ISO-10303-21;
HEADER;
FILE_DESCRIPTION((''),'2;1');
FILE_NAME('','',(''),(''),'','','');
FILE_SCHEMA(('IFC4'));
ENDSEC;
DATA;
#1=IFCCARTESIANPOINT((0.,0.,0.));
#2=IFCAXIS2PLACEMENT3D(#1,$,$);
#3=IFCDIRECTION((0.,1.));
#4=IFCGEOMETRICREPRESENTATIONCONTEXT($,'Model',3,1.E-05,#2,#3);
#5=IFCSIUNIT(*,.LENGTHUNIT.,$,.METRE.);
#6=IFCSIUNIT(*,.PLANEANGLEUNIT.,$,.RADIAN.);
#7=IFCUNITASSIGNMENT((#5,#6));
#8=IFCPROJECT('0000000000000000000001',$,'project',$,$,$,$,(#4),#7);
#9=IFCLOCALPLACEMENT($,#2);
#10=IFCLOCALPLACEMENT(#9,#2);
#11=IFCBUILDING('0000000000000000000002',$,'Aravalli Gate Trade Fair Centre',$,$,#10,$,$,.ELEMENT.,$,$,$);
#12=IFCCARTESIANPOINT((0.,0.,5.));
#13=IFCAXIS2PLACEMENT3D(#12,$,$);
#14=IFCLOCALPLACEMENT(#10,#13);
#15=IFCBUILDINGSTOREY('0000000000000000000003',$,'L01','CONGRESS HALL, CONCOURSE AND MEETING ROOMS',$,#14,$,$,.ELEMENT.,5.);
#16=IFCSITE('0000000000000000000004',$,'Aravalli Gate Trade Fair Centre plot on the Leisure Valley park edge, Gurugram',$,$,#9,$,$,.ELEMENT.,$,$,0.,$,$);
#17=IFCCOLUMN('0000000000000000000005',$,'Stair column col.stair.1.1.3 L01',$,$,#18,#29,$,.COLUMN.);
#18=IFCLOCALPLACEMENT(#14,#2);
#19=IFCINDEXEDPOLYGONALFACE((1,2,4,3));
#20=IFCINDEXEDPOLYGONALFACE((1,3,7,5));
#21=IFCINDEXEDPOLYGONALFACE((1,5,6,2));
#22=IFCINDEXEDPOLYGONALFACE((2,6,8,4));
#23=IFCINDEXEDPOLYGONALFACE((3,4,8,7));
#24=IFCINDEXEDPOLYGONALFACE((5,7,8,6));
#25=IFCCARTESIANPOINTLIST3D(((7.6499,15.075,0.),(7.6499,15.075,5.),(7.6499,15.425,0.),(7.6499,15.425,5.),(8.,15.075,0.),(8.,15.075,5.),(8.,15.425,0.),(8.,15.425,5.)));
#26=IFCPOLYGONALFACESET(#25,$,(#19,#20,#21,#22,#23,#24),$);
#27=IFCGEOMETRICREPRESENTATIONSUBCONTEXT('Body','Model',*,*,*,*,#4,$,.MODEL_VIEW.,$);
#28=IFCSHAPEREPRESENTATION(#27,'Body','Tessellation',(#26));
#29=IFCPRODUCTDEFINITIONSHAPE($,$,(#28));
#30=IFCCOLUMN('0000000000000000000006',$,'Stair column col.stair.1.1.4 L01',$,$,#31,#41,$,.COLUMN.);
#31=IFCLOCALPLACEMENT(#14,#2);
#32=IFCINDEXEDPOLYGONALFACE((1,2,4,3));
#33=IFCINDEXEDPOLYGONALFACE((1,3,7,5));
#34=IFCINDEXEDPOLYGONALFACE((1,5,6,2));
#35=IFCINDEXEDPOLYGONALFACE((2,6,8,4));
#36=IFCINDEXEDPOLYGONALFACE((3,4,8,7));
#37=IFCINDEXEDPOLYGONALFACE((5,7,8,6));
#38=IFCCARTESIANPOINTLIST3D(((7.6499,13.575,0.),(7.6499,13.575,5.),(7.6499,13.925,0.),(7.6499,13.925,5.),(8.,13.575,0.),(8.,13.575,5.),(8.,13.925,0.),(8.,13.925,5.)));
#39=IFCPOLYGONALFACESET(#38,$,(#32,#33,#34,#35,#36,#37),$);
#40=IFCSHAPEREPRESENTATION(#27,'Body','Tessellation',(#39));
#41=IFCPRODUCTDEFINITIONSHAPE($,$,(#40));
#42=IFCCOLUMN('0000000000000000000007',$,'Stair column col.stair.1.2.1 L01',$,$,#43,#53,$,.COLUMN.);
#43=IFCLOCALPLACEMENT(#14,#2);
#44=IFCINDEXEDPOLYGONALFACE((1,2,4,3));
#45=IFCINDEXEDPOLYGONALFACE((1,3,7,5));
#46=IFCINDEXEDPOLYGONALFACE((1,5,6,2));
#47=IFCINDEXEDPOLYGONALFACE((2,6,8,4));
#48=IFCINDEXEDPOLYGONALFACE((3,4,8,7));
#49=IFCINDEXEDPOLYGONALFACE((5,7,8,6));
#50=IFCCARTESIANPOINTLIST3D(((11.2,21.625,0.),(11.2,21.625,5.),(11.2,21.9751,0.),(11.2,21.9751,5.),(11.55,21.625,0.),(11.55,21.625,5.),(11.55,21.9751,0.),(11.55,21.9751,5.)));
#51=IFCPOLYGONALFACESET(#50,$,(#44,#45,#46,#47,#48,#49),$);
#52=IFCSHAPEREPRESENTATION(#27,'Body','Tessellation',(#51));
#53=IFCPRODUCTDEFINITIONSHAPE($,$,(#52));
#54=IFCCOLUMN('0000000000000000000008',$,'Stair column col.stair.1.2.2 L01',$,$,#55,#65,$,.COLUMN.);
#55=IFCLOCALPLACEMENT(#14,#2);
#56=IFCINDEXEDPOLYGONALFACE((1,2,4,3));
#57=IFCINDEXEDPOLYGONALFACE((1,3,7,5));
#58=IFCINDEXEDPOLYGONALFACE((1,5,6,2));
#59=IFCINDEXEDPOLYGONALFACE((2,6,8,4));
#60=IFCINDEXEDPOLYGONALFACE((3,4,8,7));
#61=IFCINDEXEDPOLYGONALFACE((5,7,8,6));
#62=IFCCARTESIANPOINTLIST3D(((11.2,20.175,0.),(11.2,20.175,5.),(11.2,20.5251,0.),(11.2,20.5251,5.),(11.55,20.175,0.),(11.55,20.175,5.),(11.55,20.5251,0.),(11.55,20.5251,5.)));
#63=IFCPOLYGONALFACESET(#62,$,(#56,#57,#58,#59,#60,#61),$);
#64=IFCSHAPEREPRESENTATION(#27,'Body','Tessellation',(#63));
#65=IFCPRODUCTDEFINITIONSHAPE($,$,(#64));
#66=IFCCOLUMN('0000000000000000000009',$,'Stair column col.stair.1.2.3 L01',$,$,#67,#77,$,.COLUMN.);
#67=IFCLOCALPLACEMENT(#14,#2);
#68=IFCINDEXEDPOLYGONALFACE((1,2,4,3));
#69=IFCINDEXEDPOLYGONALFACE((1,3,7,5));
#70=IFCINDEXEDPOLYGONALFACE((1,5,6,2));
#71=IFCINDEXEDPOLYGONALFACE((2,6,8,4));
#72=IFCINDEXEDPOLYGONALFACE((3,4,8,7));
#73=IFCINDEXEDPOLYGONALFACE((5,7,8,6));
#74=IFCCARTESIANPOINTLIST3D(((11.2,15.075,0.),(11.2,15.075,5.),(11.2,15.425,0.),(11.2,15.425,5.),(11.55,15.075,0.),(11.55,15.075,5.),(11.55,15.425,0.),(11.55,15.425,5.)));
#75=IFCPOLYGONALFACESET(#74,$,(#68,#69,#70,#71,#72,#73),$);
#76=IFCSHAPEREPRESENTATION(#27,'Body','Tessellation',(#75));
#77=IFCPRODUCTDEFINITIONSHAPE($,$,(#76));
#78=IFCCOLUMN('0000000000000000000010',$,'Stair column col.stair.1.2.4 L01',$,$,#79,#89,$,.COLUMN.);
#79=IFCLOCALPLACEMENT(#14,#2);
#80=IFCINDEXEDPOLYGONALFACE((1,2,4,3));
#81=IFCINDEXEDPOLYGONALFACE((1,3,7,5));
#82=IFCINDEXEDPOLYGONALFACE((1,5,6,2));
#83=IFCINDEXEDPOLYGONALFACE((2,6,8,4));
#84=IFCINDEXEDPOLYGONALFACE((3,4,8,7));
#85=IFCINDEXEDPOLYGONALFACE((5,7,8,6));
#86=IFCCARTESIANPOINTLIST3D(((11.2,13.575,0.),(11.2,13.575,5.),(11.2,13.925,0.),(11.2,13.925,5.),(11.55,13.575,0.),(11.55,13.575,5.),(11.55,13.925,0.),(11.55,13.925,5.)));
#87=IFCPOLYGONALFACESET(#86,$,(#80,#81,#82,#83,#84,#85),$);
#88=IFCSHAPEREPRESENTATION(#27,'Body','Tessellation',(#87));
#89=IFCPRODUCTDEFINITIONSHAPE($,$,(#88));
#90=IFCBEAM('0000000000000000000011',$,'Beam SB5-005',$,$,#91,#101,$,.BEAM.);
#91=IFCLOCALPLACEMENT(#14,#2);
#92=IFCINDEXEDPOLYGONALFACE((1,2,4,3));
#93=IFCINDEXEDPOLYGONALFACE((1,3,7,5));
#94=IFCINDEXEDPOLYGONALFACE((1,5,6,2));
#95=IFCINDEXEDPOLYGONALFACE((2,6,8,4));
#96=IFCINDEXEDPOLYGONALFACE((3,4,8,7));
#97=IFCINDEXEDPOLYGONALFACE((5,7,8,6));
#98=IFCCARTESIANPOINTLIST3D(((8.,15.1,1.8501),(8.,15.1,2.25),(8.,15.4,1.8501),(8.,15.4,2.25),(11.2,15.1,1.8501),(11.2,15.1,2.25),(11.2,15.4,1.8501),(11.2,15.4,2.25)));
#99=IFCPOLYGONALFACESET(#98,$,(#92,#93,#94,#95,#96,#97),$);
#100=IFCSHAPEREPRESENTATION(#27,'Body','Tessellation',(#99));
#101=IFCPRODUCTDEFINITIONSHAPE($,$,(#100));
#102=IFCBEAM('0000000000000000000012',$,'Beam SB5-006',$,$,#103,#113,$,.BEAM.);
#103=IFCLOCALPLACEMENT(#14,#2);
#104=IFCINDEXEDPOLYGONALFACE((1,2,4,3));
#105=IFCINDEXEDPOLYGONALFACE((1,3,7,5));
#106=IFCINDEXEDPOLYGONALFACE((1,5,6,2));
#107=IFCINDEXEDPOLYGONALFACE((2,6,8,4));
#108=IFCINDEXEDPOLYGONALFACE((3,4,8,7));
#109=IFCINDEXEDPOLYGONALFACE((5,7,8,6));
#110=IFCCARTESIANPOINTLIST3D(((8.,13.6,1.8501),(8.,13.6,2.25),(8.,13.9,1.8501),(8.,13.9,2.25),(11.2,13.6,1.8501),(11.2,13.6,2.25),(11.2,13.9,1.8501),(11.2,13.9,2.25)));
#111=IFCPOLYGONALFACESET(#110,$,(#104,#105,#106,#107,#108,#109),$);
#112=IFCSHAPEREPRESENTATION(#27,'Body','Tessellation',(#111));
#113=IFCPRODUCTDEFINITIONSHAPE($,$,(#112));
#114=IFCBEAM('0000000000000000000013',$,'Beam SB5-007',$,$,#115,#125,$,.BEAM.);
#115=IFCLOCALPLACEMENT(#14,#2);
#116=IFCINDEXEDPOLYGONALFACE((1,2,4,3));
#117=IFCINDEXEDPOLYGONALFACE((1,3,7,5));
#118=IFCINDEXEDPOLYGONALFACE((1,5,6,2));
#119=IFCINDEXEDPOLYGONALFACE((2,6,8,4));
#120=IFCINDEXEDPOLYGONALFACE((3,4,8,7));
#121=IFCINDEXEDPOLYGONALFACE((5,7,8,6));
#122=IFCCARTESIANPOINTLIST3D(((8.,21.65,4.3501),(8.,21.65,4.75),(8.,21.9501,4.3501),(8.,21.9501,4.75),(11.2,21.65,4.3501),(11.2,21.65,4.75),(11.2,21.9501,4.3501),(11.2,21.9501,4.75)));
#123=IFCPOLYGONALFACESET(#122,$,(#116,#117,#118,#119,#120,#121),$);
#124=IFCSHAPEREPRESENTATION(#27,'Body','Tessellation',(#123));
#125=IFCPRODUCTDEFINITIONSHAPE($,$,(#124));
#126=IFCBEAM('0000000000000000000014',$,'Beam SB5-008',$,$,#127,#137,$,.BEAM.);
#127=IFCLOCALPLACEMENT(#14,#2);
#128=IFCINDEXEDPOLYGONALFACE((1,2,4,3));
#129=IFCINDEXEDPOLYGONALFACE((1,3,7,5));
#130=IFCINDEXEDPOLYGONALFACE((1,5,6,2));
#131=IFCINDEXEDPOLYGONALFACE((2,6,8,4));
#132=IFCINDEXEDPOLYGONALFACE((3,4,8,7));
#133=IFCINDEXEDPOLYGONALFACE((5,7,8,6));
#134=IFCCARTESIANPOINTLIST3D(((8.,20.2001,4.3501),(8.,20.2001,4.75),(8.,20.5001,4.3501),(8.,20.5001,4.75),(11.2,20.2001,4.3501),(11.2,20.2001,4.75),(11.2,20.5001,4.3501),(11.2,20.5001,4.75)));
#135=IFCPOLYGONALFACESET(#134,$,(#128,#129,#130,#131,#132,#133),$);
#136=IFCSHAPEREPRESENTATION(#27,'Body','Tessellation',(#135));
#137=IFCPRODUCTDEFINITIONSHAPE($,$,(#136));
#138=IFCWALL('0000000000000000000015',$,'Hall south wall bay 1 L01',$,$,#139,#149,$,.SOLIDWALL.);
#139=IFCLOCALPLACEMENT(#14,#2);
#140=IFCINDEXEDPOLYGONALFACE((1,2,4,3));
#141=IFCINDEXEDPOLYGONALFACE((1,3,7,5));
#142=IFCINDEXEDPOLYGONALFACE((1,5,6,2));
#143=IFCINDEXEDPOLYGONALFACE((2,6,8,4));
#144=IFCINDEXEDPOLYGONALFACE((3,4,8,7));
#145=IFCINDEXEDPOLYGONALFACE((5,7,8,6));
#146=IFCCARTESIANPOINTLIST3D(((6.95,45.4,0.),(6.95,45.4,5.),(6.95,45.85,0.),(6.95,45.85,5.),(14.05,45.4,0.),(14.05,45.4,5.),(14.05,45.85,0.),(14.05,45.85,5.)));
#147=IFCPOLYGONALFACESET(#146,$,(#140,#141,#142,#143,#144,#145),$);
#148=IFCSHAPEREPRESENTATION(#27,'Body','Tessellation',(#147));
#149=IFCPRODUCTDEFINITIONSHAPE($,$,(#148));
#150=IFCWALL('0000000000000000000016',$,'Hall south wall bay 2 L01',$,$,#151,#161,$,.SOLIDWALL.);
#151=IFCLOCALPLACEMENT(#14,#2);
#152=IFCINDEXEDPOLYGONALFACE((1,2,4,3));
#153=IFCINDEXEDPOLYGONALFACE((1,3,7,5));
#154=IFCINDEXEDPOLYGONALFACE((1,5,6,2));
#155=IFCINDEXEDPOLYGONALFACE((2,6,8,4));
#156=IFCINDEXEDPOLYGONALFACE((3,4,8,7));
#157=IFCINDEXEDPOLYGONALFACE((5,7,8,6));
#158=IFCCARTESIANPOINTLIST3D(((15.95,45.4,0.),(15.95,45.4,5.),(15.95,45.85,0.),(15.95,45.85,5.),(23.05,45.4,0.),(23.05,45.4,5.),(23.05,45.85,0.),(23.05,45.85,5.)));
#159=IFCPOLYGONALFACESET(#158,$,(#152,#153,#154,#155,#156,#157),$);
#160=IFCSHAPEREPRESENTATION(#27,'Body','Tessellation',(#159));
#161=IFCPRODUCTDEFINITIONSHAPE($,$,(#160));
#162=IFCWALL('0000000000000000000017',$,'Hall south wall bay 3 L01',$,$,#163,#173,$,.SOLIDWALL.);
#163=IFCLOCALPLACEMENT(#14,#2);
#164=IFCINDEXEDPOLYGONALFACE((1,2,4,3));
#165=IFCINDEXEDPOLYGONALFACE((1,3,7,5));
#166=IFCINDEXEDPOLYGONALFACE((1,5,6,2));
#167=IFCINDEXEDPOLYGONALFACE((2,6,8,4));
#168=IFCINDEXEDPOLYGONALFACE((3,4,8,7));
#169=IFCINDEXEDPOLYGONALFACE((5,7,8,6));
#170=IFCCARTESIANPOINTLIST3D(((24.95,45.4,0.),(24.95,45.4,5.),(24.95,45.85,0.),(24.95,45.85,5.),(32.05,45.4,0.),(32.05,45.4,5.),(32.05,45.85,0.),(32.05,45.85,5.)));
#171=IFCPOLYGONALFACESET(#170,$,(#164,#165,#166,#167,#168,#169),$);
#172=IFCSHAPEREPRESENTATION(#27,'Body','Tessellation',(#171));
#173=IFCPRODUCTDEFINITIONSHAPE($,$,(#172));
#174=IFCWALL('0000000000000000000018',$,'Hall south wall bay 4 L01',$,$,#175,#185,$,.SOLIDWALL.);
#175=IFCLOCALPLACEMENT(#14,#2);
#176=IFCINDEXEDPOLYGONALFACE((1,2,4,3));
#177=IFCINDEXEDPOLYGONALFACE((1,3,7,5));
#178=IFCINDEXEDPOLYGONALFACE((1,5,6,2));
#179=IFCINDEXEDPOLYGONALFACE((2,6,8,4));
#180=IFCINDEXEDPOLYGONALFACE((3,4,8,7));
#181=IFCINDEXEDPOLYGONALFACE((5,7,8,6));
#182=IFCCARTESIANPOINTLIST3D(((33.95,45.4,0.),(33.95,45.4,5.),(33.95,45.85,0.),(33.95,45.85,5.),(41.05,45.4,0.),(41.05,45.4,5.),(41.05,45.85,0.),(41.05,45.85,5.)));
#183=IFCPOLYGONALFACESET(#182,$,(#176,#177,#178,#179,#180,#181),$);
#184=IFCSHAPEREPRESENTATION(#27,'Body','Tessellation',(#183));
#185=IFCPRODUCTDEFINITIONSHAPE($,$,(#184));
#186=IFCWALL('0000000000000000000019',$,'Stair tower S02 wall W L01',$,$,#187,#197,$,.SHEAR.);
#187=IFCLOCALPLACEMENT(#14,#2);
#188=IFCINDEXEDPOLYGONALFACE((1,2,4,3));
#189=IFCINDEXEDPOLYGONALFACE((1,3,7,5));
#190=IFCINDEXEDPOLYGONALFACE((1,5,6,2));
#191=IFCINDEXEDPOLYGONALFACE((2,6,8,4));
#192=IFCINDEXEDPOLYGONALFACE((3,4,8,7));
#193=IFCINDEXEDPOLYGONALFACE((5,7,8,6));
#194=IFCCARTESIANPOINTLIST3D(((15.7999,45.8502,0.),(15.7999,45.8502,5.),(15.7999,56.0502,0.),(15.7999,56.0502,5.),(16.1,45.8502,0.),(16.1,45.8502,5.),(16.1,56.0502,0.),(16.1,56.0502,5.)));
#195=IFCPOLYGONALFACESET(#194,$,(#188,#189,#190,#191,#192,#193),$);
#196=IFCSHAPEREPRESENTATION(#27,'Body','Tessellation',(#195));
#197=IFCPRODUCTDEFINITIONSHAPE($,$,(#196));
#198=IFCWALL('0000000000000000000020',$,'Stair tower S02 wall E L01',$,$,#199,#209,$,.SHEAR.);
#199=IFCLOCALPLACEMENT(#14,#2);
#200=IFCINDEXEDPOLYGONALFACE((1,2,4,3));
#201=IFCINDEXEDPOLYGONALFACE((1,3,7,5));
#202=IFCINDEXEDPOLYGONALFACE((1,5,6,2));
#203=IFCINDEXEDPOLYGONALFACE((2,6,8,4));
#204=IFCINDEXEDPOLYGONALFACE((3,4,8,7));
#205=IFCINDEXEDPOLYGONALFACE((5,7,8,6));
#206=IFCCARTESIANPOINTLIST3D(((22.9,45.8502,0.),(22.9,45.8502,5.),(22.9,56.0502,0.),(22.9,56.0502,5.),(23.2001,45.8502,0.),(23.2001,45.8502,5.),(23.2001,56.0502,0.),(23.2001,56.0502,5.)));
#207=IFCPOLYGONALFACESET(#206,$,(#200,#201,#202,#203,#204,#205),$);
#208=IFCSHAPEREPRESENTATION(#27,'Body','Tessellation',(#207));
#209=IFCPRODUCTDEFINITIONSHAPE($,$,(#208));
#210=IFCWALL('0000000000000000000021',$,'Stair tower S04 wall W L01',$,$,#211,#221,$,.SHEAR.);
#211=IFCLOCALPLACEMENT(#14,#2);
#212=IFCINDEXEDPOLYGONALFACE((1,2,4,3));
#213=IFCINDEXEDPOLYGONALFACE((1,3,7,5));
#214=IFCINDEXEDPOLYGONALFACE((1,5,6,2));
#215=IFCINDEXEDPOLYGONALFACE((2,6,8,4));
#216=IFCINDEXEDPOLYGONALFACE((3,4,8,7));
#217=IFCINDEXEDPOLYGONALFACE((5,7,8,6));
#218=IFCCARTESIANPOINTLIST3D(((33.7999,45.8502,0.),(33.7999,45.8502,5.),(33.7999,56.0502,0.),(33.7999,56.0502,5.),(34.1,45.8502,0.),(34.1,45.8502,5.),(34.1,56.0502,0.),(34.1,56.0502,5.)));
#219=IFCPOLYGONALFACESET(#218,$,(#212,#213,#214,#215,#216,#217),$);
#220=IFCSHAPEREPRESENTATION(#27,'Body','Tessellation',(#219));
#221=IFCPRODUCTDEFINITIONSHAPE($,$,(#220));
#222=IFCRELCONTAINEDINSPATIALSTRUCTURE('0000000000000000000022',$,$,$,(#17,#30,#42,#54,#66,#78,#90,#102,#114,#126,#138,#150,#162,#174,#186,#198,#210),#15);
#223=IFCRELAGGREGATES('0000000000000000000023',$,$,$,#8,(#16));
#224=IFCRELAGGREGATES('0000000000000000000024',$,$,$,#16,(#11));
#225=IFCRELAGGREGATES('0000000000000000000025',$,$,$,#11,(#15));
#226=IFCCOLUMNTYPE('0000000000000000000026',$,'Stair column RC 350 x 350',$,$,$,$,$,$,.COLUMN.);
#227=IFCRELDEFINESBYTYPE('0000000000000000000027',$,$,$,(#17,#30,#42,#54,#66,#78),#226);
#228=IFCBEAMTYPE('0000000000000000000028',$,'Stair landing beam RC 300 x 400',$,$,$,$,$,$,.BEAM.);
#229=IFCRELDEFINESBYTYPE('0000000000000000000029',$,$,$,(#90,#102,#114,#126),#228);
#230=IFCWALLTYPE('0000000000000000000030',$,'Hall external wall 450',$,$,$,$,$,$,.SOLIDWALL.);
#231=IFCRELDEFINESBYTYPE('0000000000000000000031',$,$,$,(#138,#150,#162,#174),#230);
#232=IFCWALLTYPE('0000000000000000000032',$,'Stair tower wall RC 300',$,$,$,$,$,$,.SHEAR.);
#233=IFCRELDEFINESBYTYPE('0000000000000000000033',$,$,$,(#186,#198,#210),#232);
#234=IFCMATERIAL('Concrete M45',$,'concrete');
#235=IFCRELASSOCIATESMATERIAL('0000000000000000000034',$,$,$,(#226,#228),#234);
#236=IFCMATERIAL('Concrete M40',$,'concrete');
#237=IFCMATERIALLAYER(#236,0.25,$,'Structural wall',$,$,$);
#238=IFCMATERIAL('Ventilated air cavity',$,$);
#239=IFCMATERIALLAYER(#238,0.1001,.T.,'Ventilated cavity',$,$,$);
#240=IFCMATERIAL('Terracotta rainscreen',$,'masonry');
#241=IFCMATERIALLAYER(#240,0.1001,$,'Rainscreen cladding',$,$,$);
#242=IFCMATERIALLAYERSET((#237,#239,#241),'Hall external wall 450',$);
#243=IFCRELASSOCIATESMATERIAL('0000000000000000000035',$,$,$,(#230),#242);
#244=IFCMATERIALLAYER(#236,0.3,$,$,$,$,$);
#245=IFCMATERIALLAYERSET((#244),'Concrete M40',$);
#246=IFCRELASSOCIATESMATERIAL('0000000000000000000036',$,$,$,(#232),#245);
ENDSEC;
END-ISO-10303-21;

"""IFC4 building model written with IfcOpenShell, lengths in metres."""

from ifc_helpers import new_model, si_unit, direction, frame, frame_2d, origin, origin_2d, place, context, subcontext, project, spatial, rectangle, extrude, material, layer, layer_set, material_profile, profile_set, type_object, element, save


model = new_model("IFC4")

# Units and contexts
model_context = context("Model", 3, precision=1e-05, world=origin(), true_north=direction((0.0, 1.0)))
body_context = subcontext(model_context, "Body", "Model", "MODEL_VIEW")
ifc_project = project(units=[si_unit("LENGTHUNIT", "METRE"), si_unit("PLANEANGLEUNIT", "RADIAN")], contexts=[model_context])

# Site, building, storey
site_placement = place(None, origin())
site = spatial("IfcSite", under=ifc_project, at=site_placement, Name="Aravalli Gate Trade Fair Centre plot on the Leisure Valley park edge, Gurugram", CompositionType="ELEMENT", RefElevation=0.0)
building_placement = place(site_placement, origin())
building = spatial("IfcBuilding", under=site, at=building_placement, Name="Aravalli Gate Trade Fair Centre", CompositionType="ELEMENT")
storey_placement = place(building_placement, frame((0.0, 0.0, 5.0)))
storey = spatial("IfcBuildingStorey", under=building, at=storey_placement, Name="L01", Description="CONGRESS HALL, CONCOURSE AND MEETING ROOMS", CompositionType="ELEMENT", Elevation=5.0)

# Columns
ifc_material_1 = material(Name="Concrete M45", Category="concrete")
ifc_material_profile_1 = material_profile(ifc_material_1, rectangle(XDim=0.3501, YDim=0.3501, at=origin_2d()), Name="Stair column RC 350 x 350")
ifc_profile_set_1 = profile_set([ifc_material_profile_1], Name="Concrete M45")
column_type_1 = type_object("IfcColumnType", Name="Stair column RC 350 x 350", PredefinedType="COLUMN", material=ifc_profile_set_1)
for number, where, z_axis, x_axis, name in (
    (1, (7.825, 15.25, 0.0), (0.0, 0.0, 1.0), (1.0, 0.0, 0.0), "Stair column col.stair.1.1.3 L01"),
    (2, (7.825, 13.75, 0.0), (0.0, 0.0, 1.0), (1.0, 0.0, 0.0), "Stair column col.stair.1.1.4 L01"),
    (3, (11.375, 21.8, 0.0), (0.0, 0.0, 1.0), (1.0, 0.0, 0.0), "Stair column col.stair.1.2.1 L01"),
    (4, (11.375, 20.3501, 0.0), (0.0, 0.0, 1.0), (1.0, 0.0, 0.0), "Stair column col.stair.1.2.2 L01"),
    (5, (11.375, 15.25, 0.0), (0.0, 0.0, 1.0), (1.0, 0.0, 0.0), "Stair column col.stair.1.2.3 L01"),
    (6, (11.375, 13.75, 0.0), (0.0, 0.0, 1.0), (1.0, 0.0, 0.0), "Stair column col.stair.1.2.4 L01"),
):
    element("IfcColumn", number, at=place(storey_placement, frame(where, z_axis=z_axis, x_axis=x_axis)), inside=storey, type_object=column_type_1, Name=name, PredefinedType="COLUMN", context=body_context, shape_type="SweptSolid", body=[
        extrude(rectangle(XDim=0.3501, YDim=0.3501, at=origin_2d()), origin(), (0.0, 0.0, 1.0), 5.0),
    ])

# Beams
ifc_material_profile_2 = material_profile(ifc_material_1, rectangle(XDim=0.3, YDim=0.3999, at=origin_2d()), Name="Stair landing beam RC 300 x 400")
ifc_profile_set_2 = profile_set([ifc_material_profile_2], Name="Concrete M45")
beam_type = type_object("IfcBeamType", Name="Stair landing beam RC 300 x 400", PredefinedType="BEAM", material=ifc_profile_set_2)
for number, where, z_axis, x_axis, name in (
    (7, (8.0, 15.25, 2.05), (1.0, 0.0, 0.0), (0.0, 1.0, 0.0), "Beam SB5-005"),
    (8, (8.0, 13.75, 2.05), (1.0, 0.0, 0.0), (0.0, 1.0, 0.0), "Beam SB5-006"),
    (9, (8.0, 21.8, 4.55), (1.0, 0.0, 0.0), (0.0, 1.0, 0.0), "Beam SB5-007"),
    (10, (8.0, 20.3501, 4.55), (1.0, 0.0, 0.0), (0.0, 1.0, 0.0), "Beam SB5-008"),
):
    element("IfcBeam", number, at=place(storey_placement, frame(where, z_axis=z_axis, x_axis=x_axis)), inside=storey, type_object=beam_type, Name=name, PredefinedType="BEAM", context=body_context, shape_type="SweptSolid", body=[
        extrude(rectangle(XDim=0.3, YDim=0.3999, at=origin_2d()), origin(), (0.0, 0.0, 1.0), 3.2),
    ])

# Walls
ifc_material_2 = material(Name="Concrete M40", Category="concrete")
ifc_layer_1 = layer(ifc_material_2, 0.25, Name="Structural wall")
ifc_material_3 = material(Name="Ventilated air cavity")
ifc_layer_2 = layer(ifc_material_3, 0.1001, ventilated=True, Name="Ventilated cavity")
ifc_material_4 = material(Name="Terracotta rainscreen", Category="masonry")
ifc_layer_3 = layer(ifc_material_4, 0.1001, Name="Rainscreen cladding")
ifc_layer_set_1 = layer_set([ifc_layer_1, ifc_layer_2, ifc_layer_3], Name="Hall external wall 450")
wall_type_1 = type_object("IfcWallType", Name="Hall external wall 450", PredefinedType="SOLIDWALL", material=ifc_layer_set_1)
for number, where, z_axis, x_axis, name in (
    (11, (6.95, 45.625, 0.0), (0.0, 0.0, 1.0), (1.0, 0.0, 0.0), "Hall south wall bay 1 L01"),
    (12, (15.95, 45.625, 0.0), (0.0, 0.0, 1.0), (1.0, 0.0, 0.0), "Hall south wall bay 2 L01"),
    (13, (24.95, 45.625, 0.0), (0.0, 0.0, 1.0), (1.0, 0.0, 0.0), "Hall south wall bay 3 L01"),
    (14, (33.95, 45.625, 0.0), (0.0, 0.0, 1.0), (1.0, 0.0, 0.0), "Hall south wall bay 4 L01"),
):
    element("IfcWall", number, at=place(storey_placement, frame(where, z_axis=z_axis, x_axis=x_axis)), inside=storey, type_object=wall_type_1, Name=name, PredefinedType="SOLIDWALL", context=body_context, shape_type="SweptSolid", body=[
        extrude(rectangle(XDim=7.1001, YDim=0.45, at=frame_2d((3.55, 0.0))), origin(), (0.0, 0.0, 1.0), 5.0),
    ])
ifc_layer_4 = layer(ifc_material_2, 0.3)
ifc_layer_set_2 = layer_set([ifc_layer_4], Name="Concrete M40")
wall_type_2 = type_object("IfcWallType", Name="Stair tower wall RC 300", PredefinedType="SHEAR", material=ifc_layer_set_2)
for number, where, z_axis, x_axis, name in (
    (15, (15.95, 45.8501, 0.0), (0.0, 0.0, 1.0), (0.0, 1.0, 0.0), "Stair tower S02 wall W L01"),
    (16, (23.05, 45.8501, 0.0), (0.0, 0.0, 1.0), (0.0, 1.0, 0.0), "Stair tower S02 wall E L01"),
    (17, (33.95, 45.8501, 0.0), (0.0, 0.0, 1.0), (0.0, 1.0, 0.0), "Stair tower S04 wall W L01"),
):
    element("IfcWall", number, at=place(storey_placement, frame(where, z_axis=z_axis, x_axis=x_axis)), inside=storey, type_object=wall_type_2, Name=name, PredefinedType="SHEAR", context=body_context, shape_type="SweptSolid", body=[
        extrude(rectangle(XDim=10.2, YDim=0.3, at=frame_2d((5.1001, 0.0))), origin(), (0.0, 0.0, 1.0), 5.0),
    ])

save(model, "model.ifc")
